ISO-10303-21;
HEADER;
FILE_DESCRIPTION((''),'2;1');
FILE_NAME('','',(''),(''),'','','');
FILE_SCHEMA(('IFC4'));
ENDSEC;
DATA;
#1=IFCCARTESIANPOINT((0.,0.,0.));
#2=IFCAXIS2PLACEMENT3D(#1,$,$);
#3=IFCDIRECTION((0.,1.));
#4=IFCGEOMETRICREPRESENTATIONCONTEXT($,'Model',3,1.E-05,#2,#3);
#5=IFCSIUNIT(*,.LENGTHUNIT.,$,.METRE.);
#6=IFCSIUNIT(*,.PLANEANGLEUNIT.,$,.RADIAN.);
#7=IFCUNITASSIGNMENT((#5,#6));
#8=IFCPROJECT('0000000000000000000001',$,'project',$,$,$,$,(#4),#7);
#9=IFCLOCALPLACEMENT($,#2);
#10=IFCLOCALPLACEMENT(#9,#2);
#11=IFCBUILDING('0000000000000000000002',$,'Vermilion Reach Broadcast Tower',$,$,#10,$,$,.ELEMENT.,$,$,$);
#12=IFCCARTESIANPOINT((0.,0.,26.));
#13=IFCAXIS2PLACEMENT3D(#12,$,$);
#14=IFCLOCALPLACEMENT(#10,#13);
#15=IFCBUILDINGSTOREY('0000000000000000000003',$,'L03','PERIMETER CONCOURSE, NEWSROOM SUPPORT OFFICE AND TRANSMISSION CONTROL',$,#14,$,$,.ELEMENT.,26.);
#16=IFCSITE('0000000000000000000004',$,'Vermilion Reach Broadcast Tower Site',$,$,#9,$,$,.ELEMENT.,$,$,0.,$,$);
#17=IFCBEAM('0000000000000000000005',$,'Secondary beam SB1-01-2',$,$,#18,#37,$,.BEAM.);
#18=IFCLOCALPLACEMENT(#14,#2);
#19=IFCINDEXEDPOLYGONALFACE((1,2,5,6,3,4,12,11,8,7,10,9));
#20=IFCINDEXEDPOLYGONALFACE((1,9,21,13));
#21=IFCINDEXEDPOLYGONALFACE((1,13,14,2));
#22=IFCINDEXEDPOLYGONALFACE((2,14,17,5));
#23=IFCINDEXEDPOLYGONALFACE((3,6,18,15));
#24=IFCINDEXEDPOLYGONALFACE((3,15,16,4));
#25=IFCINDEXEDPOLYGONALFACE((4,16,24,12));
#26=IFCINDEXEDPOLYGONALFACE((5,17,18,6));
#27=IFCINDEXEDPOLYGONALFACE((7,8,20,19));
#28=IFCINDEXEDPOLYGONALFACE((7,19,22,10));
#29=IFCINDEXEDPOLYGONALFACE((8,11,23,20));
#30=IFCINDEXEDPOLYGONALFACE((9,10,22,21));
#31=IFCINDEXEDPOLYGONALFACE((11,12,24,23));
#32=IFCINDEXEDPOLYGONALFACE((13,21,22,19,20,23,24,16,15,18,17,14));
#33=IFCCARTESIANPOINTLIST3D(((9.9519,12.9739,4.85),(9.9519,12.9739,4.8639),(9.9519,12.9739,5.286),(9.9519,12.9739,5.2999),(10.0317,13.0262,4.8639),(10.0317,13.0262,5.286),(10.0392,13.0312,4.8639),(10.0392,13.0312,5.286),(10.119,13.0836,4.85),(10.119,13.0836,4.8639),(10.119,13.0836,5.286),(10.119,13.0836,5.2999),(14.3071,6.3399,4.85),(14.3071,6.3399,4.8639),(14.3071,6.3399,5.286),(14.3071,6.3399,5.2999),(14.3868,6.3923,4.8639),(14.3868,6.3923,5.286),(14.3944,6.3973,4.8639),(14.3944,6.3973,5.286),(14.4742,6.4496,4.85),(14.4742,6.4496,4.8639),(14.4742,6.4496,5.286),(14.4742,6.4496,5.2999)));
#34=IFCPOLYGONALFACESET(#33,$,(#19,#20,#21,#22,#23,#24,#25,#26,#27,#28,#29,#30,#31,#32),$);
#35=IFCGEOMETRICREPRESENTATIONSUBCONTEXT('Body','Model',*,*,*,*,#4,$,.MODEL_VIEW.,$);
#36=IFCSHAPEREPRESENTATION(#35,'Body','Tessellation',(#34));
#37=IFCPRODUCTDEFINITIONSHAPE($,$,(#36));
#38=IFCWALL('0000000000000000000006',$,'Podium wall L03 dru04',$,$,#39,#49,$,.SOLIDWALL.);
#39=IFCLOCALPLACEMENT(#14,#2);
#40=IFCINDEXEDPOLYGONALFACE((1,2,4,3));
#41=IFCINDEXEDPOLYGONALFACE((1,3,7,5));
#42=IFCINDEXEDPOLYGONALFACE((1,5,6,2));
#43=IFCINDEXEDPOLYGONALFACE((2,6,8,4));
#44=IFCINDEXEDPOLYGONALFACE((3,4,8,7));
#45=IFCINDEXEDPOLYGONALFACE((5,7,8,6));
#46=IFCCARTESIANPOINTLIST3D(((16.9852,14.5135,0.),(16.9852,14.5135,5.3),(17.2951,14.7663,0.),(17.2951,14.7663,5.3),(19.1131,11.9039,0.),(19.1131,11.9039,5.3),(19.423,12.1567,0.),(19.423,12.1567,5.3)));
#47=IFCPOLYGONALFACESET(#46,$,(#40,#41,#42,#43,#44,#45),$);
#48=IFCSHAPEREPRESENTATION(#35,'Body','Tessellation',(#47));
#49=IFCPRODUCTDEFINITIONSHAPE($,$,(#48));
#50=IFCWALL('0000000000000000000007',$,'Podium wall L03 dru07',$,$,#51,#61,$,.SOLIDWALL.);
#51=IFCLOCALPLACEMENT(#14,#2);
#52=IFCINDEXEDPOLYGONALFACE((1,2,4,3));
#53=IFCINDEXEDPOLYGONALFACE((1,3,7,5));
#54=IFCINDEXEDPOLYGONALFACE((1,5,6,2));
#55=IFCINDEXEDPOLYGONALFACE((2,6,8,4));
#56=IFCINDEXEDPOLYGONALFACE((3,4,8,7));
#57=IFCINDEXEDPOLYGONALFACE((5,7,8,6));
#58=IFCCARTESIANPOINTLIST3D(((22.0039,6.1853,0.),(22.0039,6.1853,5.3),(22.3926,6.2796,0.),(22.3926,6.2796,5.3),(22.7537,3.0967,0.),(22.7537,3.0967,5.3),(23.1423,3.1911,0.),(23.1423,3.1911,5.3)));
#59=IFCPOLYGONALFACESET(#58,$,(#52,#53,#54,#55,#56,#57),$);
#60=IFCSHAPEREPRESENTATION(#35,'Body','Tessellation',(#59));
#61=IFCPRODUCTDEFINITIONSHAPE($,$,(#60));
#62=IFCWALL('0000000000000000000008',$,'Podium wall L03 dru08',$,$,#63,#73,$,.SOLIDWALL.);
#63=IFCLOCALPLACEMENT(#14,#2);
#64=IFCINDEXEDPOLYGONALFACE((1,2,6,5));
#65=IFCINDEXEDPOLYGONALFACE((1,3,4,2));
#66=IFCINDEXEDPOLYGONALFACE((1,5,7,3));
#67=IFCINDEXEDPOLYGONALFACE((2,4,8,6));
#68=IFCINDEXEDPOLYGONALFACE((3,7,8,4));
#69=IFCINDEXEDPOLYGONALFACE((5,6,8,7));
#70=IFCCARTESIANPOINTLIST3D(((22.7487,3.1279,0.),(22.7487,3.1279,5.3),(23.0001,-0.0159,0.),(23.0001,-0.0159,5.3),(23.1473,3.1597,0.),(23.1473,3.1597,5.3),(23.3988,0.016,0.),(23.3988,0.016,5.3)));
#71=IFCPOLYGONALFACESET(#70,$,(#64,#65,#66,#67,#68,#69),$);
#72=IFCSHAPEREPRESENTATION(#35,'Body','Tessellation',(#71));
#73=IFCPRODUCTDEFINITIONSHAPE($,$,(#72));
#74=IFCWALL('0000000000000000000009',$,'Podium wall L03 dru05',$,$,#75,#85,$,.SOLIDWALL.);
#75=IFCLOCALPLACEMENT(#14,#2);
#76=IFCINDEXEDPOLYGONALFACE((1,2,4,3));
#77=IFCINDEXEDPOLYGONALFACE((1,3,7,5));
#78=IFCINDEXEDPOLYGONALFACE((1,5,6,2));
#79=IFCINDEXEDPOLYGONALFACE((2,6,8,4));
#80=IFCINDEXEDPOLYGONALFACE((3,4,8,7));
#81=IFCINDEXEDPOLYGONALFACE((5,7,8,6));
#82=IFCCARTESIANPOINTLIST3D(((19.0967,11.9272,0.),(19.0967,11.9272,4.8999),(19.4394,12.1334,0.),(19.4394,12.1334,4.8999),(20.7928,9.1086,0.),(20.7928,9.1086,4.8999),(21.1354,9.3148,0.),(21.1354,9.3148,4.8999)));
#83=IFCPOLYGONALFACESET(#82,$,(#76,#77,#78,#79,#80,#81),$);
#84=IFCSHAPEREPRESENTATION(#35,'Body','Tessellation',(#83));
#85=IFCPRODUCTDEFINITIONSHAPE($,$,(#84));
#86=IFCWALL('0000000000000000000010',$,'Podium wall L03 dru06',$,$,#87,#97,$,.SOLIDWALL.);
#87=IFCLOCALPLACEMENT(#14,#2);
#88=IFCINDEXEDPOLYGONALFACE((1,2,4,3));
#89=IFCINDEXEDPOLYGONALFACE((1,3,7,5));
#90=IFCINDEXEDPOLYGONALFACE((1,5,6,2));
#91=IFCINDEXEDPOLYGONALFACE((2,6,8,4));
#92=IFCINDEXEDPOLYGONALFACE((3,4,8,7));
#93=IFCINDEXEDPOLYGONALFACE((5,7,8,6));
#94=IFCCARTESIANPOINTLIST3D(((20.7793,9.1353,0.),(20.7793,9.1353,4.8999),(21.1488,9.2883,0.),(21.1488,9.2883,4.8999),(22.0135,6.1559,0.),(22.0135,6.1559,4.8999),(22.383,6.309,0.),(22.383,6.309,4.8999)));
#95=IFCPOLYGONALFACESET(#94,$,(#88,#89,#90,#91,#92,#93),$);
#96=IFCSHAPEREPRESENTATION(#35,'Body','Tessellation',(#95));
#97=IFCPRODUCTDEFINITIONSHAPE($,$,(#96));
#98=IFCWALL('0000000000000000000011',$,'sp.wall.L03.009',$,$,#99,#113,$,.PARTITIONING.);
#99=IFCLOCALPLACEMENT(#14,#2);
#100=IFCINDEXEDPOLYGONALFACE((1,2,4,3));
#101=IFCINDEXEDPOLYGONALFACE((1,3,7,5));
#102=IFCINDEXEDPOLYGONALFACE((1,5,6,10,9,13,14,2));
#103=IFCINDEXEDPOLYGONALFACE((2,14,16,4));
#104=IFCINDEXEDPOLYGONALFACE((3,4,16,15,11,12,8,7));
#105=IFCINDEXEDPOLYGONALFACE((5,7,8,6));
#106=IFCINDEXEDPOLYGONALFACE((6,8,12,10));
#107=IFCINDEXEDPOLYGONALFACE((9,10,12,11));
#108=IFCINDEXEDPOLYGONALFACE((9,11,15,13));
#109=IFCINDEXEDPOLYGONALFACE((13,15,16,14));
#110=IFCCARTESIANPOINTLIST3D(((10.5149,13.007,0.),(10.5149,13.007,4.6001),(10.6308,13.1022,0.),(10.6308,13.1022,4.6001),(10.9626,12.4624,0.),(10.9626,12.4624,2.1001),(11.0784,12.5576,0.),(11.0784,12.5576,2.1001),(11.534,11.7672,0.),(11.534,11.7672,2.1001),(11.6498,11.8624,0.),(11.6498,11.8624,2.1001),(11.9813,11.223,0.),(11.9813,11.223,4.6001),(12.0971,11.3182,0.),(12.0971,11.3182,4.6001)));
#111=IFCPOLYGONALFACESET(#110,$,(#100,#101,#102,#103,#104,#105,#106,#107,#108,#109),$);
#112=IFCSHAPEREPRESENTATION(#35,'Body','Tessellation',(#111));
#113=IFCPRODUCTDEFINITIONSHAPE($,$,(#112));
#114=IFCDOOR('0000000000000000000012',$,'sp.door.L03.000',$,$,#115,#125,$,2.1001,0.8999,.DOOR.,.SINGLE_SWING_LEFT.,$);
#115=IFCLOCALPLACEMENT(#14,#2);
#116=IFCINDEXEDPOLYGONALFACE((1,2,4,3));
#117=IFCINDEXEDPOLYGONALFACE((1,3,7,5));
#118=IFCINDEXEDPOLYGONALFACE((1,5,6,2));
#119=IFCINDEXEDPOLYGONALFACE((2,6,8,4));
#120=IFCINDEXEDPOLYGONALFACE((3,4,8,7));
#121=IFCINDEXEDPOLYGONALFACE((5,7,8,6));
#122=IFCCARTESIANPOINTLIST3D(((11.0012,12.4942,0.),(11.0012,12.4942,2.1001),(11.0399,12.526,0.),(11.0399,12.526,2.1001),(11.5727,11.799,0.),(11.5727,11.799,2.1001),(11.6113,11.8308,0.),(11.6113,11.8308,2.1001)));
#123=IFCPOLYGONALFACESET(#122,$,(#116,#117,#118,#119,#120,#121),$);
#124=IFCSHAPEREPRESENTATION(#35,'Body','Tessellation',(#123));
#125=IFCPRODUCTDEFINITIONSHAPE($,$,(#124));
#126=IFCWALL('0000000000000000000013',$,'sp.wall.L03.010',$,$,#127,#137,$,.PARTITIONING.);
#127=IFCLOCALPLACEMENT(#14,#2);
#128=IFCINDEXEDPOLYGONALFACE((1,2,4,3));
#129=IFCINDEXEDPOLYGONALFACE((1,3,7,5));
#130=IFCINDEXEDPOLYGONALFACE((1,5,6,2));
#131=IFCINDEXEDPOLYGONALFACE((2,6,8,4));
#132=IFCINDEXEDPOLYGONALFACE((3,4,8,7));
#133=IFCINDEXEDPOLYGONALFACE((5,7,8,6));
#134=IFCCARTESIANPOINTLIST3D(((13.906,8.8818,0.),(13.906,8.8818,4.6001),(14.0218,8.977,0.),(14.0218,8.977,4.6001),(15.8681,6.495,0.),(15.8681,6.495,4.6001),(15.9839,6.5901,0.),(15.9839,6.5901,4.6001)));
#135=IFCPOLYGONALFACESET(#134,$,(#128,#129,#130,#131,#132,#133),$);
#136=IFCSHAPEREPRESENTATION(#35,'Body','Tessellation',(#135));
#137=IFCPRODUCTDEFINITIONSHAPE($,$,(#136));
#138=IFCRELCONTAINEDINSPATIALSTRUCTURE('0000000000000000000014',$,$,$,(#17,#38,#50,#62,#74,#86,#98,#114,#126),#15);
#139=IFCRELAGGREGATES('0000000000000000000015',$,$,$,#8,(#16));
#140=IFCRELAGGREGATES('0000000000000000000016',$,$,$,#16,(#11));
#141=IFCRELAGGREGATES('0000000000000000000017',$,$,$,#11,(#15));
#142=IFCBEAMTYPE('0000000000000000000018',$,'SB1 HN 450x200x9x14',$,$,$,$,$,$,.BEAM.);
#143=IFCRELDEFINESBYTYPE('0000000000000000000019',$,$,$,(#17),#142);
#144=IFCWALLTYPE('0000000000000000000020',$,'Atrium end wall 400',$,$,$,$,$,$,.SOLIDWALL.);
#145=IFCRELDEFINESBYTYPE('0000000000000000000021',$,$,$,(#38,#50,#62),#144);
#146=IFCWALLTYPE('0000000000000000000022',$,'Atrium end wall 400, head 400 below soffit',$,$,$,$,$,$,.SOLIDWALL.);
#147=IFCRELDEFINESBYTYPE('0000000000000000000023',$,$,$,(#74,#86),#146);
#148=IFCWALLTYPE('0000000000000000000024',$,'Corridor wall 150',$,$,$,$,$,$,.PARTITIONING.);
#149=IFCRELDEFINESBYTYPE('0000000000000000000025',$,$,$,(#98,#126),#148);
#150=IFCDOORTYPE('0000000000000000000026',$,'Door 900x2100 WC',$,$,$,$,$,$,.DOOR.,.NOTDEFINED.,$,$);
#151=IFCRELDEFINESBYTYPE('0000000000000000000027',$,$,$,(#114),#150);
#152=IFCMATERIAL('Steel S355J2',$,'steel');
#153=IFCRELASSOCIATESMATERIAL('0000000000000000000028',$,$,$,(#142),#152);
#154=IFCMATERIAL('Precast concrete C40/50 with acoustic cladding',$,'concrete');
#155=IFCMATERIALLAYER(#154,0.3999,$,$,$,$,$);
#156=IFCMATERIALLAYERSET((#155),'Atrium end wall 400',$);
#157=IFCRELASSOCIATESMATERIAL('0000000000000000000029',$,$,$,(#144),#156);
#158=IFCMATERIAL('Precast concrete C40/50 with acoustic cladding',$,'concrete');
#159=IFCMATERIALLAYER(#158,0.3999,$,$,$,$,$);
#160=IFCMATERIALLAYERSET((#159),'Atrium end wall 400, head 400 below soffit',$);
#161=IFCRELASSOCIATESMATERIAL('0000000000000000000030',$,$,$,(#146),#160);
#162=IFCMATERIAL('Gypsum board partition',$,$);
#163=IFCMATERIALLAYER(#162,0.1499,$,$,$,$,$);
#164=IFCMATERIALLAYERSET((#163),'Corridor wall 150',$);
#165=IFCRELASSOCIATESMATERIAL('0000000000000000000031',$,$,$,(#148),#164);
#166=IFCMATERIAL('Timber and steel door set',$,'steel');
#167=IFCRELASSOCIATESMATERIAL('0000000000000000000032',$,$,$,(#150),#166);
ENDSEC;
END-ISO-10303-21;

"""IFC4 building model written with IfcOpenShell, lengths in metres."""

from ifc_helpers import new_model, si_unit, direction, frame, frame_2d, origin, origin_2d, place, context, subcontext, project, spatial, rectangle, i_section, extrude, material, layer, layer_set, material_profile, profile_set, type_object, element, fill, save


model = new_model("IFC4")

# Units and contexts
model_context = context("Model", 3, precision=1e-05, world=origin(), true_north=direction((0.0, 1.0)))
body_context = subcontext(model_context, "Body", "Model", "MODEL_VIEW")
ifc_project = project(units=[si_unit("LENGTHUNIT", "METRE"), si_unit("PLANEANGLEUNIT", "RADIAN")], contexts=[model_context])

# Site, building, storey
site_placement = place(None, origin())
site = spatial("IfcSite", under=ifc_project, at=site_placement, Name="Vermilion Reach Broadcast Tower Site", CompositionType="ELEMENT", RefElevation=0.0)
building_placement = place(site_placement, origin())
building = spatial("IfcBuilding", under=site, at=building_placement, Name="Vermilion Reach Broadcast Tower", CompositionType="ELEMENT")
storey_placement = place(building_placement, frame((0.0, 0.0, 26.0)))
storey = spatial("IfcBuildingStorey", under=building, at=storey_placement, Name="L03", Description="PERIMETER CONCOURSE, NEWSROOM SUPPORT OFFICE AND TRANSMISSION CONTROL", CompositionType="ELEMENT", Elevation=26.0)

# Beam
ifc_material_1 = material(Name="Steel S355J2", Category="steel")
ifc_material_profile_1 = material_profile(ifc_material_1, i_section(OverallWidth=0.2, OverallDepth=0.45, WebThickness=0.009, FlangeThickness=0.0139, at=origin_2d()), Name="S355J2 HN 450x200x9x14")
ifc_profile_set_1 = profile_set([ifc_material_profile_1], Name="Steel S355J2")
beam_type_1 = type_object("IfcBeamType", Name="SB1 HN 450x200x9x14", PredefinedType="BEAM", material=ifc_profile_set_1)
beam_1_placement = place(storey_placement, frame((14.3906, 6.3948, 5.075), z_axis=(-0.548801, 0.835953, 0.0), x_axis=(-0.835953, -0.548801, 0.0)))
element("IfcBeam", 1, at=beam_1_placement, inside=storey, type_object=beam_type_1, Name="Secondary beam SB1-01-2", PredefinedType="BEAM", context=body_context, shape_type="SweptSolid", body=[
    extrude(i_section(OverallWidth=0.2, OverallDepth=0.45, WebThickness=0.009, FlangeThickness=0.0139, at=origin_2d()), origin(), (0.0, 0.0, 1.0), 7.9358),
])

# Walls
ifc_material_2 = material(Name="Precast concrete C40/50 with acoustic cladding", Category="concrete")
ifc_layer_1 = layer(ifc_material_2, 0.3999)
ifc_layer_set_1 = layer_set([ifc_layer_1], Name="Atrium end wall 400")
wall_type_1 = type_object("IfcWallType", Name="Atrium end wall 400", PredefinedType="SOLIDWALL", material=ifc_layer_set_1)
wall_1_placement = place(storey_placement, frame((17.1401, 14.6399, 0.0), z_axis=(0.0, 0.0, 1.0), x_axis=(0.631954, -0.775006, 0.0)))
element("IfcWall", 2, at=wall_1_placement, inside=storey, type_object=wall_type_1, Name="Podium wall L03 dru04", PredefinedType="SOLIDWALL", context=body_context, shape_type="SweptSolid", body=[
    extrude(rectangle(XDim=3.3672, YDim=0.3999, at=frame_2d((1.6836, 0.0))), origin(), (0.0, 0.0, 1.0), 5.3),
])
wall_2_placement = place(storey_placement, frame((22.1982, 6.2324, 0.0), z_axis=(0.0, 0.0, 1.0), x_axis=(0.235897, -0.971778, 0.0)))
element("IfcWall", 3, at=wall_2_placement, inside=storey, type_object=wall_type_1, Name="Podium wall L03 dru07", PredefinedType="SOLIDWALL", context=body_context, shape_type="SweptSolid", body=[
    extrude(rectangle(XDim=3.1782, YDim=0.3999, at=frame_2d((1.5891, 0.0))), origin(), (0.0, 0.0, 1.0), 5.3),
])
wall_3_placement = place(storey_placement, frame((22.948, 3.1438, 0.0), z_axis=(0.0, 0.0, 1.0), x_axis=(0.079733, -0.996816, 0.0)))
element("IfcWall", 4, at=wall_3_placement, inside=storey, type_object=wall_type_1, Name="Podium wall L03 dru08", PredefinedType="SOLIDWALL", context=body_context, shape_type="SweptSolid", body=[
    extrude(rectangle(XDim=3.1538, YDim=0.3999, at=frame_2d((1.5769, 0.0))), origin(), (0.0, 0.0, 1.0), 5.3),
])
ifc_material_3 = material(Name="Precast concrete C40/50 with acoustic cladding", Category="concrete")
ifc_layer_2 = layer(ifc_material_3, 0.3999)
ifc_layer_set_2 = layer_set([ifc_layer_2], Name="Atrium end wall 400, head 400 below soffit")
wall_type_2 = type_object("IfcWallType", Name="Atrium end wall 400, head 400 below soffit", PredefinedType="SOLIDWALL", material=ifc_layer_set_2)
wall_4_placement = place(storey_placement, frame((19.2681, 12.0303, 0.0), z_axis=(0.0, 0.0, 1.0), x_axis=(0.515587, -0.856837, 0.0)))
element("IfcWall", 5, at=wall_4_placement, inside=storey, type_object=wall_type_2, Name="Podium wall L03 dru05", PredefinedType="SOLIDWALL", context=body_context, shape_type="SweptSolid", body=[
    extrude(rectangle(XDim=3.2896, YDim=0.3999, at=frame_2d((1.6448, 0.0))), origin(), (0.0, 0.0, 1.0), 4.8999),
])
wall_5_placement = place(storey_placement, frame((20.9641, 9.2117, 0.0), z_axis=(0.0, 0.0, 1.0), x_axis=(0.382706, -0.92387, 0.0)))
element("IfcWall", 6, at=wall_5_placement, inside=storey, type_object=wall_type_2, Name="Podium wall L03 dru06", PredefinedType="SOLIDWALL", context=body_context, shape_type="SweptSolid", body=[
    extrude(rectangle(XDim=3.2249, YDim=0.3999, at=frame_2d((1.6123, 0.0))), origin(), (0.0, 0.0, 1.0), 4.8999),
])

# Wall, opening, door
ifc_material_4 = material(Name="Gypsum board partition")
ifc_layer_3 = layer(ifc_material_4, 0.1499)
ifc_layer_set_3 = layer_set([ifc_layer_3], Name="Corridor wall 150")
wall_type_3 = type_object("IfcWallType", Name="Corridor wall 150", PredefinedType="PARTITIONING", material=ifc_layer_set_3)
wall_6_placement = place(storey_placement, frame((12.0393, 11.2705, 0.0), z_axis=(0.0, 0.0, 1.0), x_axis=(-0.634981, 0.772528, 0.0)))
wall_6 = element("IfcWall", 7, at=wall_6_placement, inside=storey, type_object=wall_type_3, Name="sp.wall.L03.009", PredefinedType="PARTITIONING", context=body_context, shape_type="SweptSolid", body=[
    extrude(rectangle(XDim=2.3093, YDim=0.1499, at=frame_2d((1.1548, 0.0))), origin(), (0.0, 0.0, 1.0), 4.6001),
])
opening_1_placement = place(wall_6_placement, frame((0.7046, 0.0, 0.0)))
opening_1 = element("IfcOpeningElement", 8, at=opening_1_placement, cuts=wall_6, PredefinedType="OPENING", context=body_context, shape_type="SweptSolid", body=[
    extrude(rectangle(XDim=0.8999, YDim=2.1001, at=frame_2d((0.45, 1.05))), frame((0.0, 0.085, 0.0), z_axis=(0.0, -1.0, 0.0), x_axis=(1.0, 0.0, 0.0)), (0.0, 0.0, 1.0), 0.1699),
])
ifc_material_5 = material(Name="Timber and steel door set", Category="steel")
door_type_1 = type_object("IfcDoorType", Name="Door 900x2100 WC", OperationType="NOTDEFINED", PredefinedType="DOOR", material=ifc_material_5)
door_1_placement = place(opening_1_placement, origin())
door_1 = element("IfcDoor", 9, at=door_1_placement, inside=storey, type_object=door_type_1, Name="sp.door.L03.000", OperationType="SINGLE_SWING_LEFT", OverallHeight=2.1001, OverallWidth=0.8999, PredefinedType="DOOR", context=body_context, shape_type="SweptSolid", body=[
    extrude(rectangle(XDim=0.8999, YDim=2.1001, at=frame_2d((0.45, 1.05))), frame((0.0, 0.0249, 0.0), z_axis=(0.0, -1.0, 0.0), x_axis=(1.0, 0.0, 0.0)), (0.0, 0.0, 1.0), 0.05),
])
fill(opening_1, door_1)

# Wall
wall_7_placement = place(storey_placement, frame((13.9639, 8.9294, 0.0), z_axis=(0.0, 0.0, 1.0), x_axis=(0.635017, -0.772498, 0.0)))
element("IfcWall", 10, at=wall_7_placement, inside=storey, type_object=wall_type_3, Name="sp.wall.L03.010", PredefinedType="PARTITIONING", context=body_context, shape_type="SweptSolid", body=[
    extrude(rectangle(XDim=3.0898, YDim=0.1499, at=frame_2d((1.5449, 0.0))), origin(), (0.0, 0.0, 1.0), 4.6001),
])

save(model, "model.ifc")
